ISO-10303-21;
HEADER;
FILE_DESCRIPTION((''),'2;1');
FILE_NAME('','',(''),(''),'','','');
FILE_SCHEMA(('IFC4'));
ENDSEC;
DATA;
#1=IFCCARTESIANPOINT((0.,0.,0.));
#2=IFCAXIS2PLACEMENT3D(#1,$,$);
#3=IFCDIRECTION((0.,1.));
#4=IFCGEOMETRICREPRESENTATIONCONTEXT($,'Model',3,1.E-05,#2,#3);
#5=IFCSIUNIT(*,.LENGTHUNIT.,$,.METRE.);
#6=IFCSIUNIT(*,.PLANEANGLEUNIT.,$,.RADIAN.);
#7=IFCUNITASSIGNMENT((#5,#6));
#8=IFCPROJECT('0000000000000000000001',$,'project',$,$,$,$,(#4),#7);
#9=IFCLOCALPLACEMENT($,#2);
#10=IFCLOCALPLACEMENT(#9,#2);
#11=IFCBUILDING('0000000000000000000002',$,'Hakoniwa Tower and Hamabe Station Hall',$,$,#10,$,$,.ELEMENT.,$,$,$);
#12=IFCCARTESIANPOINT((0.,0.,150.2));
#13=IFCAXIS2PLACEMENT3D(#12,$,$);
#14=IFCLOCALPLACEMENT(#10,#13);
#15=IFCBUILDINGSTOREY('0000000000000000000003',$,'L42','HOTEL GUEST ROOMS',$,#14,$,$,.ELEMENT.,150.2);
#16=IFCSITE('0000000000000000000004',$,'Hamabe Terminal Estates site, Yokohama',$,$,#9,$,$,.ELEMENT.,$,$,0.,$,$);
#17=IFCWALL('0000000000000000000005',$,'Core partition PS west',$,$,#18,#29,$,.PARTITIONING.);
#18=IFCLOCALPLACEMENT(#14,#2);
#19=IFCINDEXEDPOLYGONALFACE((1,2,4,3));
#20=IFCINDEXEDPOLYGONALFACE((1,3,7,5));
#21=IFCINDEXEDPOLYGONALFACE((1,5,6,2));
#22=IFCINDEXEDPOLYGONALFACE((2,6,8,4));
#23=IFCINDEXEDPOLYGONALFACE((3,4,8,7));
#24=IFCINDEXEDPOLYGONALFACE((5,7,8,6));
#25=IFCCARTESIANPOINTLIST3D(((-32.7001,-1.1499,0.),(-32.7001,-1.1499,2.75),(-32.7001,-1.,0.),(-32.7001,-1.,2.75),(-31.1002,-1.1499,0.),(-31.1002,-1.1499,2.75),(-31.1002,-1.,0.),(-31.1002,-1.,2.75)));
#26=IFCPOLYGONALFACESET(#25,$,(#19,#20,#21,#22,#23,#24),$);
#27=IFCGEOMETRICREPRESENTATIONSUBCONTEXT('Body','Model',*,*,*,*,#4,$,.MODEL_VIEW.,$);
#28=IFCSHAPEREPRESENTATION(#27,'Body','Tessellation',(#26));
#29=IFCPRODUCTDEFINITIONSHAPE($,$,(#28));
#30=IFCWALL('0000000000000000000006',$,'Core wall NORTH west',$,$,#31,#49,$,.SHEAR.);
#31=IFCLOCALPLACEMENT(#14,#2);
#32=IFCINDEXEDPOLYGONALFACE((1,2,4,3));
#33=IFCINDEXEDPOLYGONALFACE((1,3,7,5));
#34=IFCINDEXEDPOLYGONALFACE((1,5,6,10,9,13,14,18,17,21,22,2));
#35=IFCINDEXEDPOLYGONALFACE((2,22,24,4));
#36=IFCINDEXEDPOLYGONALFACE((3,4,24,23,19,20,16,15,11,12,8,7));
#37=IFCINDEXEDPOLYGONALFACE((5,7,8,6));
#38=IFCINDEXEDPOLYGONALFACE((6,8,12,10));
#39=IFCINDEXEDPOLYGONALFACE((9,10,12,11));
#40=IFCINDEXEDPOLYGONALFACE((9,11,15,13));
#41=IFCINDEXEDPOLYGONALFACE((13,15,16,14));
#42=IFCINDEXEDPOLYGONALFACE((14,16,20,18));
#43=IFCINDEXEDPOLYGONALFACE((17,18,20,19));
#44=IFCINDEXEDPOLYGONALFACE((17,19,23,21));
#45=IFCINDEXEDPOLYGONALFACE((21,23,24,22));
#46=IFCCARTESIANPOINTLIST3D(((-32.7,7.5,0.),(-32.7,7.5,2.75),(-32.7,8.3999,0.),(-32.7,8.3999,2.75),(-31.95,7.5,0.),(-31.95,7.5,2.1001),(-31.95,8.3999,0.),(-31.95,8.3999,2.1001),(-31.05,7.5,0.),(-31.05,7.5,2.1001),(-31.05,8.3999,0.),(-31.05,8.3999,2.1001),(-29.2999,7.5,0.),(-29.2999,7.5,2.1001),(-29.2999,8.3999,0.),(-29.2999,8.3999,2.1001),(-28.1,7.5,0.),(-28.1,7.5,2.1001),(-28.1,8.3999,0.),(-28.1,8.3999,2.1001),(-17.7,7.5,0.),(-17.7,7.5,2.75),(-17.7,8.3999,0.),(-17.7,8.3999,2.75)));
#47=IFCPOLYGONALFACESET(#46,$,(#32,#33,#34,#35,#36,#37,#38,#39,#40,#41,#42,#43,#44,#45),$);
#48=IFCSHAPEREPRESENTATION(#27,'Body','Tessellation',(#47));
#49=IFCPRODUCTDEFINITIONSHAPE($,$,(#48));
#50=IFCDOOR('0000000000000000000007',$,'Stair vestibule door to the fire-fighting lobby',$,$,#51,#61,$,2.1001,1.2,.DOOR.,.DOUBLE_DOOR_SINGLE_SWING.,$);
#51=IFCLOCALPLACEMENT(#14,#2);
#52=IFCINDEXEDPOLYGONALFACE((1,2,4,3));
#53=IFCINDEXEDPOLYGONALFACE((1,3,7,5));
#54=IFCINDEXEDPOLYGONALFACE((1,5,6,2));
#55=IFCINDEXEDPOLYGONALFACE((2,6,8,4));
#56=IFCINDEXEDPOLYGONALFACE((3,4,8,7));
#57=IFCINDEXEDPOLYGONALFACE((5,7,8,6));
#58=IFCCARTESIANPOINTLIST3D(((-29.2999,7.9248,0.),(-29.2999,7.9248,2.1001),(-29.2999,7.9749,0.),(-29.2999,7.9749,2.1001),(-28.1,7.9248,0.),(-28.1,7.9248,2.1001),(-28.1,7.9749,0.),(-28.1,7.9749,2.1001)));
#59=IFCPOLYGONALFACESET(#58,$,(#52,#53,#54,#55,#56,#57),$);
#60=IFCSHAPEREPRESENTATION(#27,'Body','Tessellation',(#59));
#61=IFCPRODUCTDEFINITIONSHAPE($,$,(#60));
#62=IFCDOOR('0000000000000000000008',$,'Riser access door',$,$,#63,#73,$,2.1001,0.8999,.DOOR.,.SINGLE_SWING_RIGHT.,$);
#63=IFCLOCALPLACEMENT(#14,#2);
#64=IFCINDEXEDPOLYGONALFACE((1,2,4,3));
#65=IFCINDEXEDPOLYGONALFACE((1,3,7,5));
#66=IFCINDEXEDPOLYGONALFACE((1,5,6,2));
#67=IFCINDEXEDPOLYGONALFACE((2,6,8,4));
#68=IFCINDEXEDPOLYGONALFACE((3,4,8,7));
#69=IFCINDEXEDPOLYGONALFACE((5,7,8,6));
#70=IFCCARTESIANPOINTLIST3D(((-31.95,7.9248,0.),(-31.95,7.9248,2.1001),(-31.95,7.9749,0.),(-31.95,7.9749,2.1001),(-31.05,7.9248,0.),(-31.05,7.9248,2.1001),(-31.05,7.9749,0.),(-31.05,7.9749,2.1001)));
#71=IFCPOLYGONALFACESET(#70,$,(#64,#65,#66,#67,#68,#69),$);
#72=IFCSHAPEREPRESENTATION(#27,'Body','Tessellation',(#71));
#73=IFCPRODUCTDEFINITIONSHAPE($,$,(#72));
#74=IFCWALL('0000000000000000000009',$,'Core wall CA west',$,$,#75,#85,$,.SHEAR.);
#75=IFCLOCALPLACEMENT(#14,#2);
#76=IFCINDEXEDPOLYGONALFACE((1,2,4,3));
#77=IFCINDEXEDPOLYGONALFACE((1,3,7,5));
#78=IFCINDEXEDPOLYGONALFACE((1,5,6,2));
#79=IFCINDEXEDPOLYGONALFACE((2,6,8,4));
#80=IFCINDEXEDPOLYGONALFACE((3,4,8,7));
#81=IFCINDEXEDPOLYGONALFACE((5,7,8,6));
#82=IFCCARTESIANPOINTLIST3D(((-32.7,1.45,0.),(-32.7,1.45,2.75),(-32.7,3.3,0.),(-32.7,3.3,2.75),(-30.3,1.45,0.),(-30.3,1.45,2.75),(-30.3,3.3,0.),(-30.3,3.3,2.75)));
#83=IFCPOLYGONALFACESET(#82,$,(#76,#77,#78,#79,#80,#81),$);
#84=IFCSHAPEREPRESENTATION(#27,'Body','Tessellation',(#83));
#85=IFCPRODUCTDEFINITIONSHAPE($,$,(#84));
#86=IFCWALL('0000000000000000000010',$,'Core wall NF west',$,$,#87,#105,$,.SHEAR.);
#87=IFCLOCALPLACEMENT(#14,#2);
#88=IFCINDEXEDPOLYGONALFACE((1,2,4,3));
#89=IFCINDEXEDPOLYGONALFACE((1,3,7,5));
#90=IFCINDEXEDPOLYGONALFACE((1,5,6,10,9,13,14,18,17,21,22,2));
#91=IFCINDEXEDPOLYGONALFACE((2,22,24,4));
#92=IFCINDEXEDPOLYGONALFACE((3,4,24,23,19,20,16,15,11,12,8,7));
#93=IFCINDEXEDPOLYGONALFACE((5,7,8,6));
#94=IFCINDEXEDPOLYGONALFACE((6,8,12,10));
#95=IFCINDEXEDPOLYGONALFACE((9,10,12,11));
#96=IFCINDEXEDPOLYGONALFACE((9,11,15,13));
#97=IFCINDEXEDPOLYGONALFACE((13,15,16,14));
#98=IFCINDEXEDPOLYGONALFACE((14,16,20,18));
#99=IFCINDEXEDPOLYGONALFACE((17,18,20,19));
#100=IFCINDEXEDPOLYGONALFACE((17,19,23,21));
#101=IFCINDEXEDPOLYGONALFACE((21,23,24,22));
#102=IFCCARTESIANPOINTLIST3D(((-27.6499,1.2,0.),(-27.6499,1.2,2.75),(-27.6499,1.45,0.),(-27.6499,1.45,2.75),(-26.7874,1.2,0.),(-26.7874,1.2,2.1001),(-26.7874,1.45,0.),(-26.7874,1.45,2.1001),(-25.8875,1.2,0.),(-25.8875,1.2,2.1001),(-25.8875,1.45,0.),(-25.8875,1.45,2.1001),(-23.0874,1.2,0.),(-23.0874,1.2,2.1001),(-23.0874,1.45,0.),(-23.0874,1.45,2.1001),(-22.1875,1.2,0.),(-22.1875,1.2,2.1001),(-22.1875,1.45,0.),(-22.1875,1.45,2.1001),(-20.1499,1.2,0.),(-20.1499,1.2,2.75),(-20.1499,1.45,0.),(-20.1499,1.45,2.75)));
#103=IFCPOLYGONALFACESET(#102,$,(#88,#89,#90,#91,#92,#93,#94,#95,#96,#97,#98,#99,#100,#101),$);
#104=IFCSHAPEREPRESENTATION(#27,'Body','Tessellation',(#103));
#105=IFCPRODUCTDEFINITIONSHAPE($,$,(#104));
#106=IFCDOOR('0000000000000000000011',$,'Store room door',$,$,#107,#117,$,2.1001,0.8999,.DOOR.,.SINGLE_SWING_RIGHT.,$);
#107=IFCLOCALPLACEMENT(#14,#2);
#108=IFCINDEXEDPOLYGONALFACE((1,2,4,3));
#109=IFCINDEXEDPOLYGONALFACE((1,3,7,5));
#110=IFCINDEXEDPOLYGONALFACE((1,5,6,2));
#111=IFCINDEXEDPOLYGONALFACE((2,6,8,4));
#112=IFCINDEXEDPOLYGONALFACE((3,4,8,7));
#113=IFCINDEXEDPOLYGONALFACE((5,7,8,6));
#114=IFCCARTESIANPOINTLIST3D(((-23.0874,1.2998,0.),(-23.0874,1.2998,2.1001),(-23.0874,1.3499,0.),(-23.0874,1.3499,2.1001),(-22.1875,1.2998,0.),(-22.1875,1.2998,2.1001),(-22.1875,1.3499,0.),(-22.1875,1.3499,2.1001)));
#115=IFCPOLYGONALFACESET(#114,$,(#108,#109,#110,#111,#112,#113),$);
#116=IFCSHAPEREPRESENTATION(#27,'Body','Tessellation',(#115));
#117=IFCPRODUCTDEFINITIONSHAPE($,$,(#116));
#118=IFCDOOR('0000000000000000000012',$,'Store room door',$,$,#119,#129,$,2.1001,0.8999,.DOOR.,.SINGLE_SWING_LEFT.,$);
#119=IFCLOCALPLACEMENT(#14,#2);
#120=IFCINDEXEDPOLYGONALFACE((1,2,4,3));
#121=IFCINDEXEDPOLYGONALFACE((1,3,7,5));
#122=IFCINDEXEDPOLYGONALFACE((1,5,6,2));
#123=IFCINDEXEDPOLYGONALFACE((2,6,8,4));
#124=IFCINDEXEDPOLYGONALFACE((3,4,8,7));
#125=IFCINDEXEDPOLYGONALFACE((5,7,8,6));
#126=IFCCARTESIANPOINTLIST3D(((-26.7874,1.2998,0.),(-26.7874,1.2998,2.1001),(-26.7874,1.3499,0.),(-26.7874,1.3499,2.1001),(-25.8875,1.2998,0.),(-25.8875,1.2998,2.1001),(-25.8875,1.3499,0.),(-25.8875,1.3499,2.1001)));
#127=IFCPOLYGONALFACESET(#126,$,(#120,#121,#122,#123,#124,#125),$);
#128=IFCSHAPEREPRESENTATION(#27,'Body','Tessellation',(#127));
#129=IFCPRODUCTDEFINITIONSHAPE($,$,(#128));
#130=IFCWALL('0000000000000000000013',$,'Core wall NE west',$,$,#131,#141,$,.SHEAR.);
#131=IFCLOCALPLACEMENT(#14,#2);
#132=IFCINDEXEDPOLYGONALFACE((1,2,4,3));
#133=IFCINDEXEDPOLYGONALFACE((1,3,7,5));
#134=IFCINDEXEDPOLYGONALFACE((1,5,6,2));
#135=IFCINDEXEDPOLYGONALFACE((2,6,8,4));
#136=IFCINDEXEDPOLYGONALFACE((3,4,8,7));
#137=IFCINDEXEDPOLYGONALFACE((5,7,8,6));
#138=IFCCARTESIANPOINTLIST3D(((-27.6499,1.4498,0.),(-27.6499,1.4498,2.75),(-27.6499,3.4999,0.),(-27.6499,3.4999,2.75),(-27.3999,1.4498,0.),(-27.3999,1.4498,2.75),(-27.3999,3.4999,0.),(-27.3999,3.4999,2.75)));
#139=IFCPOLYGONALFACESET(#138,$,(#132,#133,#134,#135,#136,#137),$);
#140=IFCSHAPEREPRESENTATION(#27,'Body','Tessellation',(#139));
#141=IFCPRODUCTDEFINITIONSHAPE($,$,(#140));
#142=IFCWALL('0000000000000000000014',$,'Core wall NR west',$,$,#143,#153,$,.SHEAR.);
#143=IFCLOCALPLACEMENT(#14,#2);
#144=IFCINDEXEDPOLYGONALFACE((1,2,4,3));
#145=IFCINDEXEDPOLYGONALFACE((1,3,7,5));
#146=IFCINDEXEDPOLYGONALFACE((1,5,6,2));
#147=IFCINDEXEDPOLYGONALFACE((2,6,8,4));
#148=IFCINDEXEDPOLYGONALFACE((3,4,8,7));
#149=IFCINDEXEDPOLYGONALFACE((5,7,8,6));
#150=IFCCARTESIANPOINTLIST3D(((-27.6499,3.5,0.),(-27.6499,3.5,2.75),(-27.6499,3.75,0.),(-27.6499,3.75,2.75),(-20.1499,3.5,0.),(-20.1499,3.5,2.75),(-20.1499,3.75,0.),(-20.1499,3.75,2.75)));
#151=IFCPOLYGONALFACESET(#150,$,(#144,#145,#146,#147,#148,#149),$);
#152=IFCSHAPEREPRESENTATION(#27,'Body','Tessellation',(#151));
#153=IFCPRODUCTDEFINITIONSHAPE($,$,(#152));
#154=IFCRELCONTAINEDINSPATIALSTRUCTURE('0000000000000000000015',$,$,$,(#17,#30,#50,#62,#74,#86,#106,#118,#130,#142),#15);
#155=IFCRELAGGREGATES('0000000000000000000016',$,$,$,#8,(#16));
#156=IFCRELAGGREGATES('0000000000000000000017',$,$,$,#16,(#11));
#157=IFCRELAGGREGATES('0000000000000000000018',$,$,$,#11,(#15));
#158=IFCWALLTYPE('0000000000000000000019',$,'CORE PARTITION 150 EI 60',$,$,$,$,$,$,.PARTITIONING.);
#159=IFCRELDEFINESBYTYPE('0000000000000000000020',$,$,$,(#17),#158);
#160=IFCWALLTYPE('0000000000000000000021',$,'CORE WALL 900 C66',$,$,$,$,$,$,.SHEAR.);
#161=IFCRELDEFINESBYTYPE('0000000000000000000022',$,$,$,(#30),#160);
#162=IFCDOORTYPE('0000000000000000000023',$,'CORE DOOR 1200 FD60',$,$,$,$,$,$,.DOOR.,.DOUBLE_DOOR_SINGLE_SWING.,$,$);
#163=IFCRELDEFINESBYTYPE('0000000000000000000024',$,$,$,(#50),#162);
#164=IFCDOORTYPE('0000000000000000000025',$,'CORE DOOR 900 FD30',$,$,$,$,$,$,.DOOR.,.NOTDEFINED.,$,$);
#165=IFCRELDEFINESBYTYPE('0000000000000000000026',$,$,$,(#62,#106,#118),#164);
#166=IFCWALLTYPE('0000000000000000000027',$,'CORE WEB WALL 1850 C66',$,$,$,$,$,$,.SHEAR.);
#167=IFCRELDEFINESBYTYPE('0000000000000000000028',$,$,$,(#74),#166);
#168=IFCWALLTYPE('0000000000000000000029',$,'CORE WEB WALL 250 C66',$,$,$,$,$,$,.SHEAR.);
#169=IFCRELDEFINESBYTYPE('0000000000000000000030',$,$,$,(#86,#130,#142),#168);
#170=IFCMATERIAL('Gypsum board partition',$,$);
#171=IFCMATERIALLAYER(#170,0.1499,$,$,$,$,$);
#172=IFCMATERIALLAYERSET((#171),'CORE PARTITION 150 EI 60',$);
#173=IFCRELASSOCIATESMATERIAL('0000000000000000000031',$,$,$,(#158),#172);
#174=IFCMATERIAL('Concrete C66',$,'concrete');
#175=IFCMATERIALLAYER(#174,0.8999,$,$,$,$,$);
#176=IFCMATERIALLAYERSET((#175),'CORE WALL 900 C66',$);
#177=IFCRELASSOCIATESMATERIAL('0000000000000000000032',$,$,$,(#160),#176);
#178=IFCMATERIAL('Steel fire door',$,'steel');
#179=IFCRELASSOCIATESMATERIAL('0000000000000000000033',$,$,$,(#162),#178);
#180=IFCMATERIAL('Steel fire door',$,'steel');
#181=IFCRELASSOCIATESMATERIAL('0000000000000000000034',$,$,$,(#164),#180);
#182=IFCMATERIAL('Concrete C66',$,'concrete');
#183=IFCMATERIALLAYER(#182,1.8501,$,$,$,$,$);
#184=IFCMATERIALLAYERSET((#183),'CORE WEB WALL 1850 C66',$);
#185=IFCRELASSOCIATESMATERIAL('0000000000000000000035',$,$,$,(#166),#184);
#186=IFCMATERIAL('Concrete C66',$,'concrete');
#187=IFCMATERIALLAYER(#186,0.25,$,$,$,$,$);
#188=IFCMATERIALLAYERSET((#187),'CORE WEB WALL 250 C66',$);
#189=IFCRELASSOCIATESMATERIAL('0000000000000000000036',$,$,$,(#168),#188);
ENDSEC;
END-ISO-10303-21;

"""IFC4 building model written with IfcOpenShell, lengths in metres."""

from ifc_helpers import new_model, si_unit, direction, frame, frame_2d, origin, place, context, subcontext, project, spatial, rectangle, extrude, material, layer, layer_set, type_object, element, fill, save


model = new_model("IFC4")

# Units and contexts
model_context = context("Model", 3, precision=1e-05, world=origin(), true_north=direction((0.0, 1.0)))
body_context = subcontext(model_context, "Body", "Model", "MODEL_VIEW")
ifc_project = project(units=[si_unit("LENGTHUNIT", "METRE"), si_unit("PLANEANGLEUNIT", "RADIAN")], contexts=[model_context])

# Site, building, storey
site_placement = place(None, origin())
site = spatial("IfcSite", under=ifc_project, at=site_placement, Name="Hamabe Terminal Estates site, Yokohama", CompositionType="ELEMENT", RefElevation=0.0)
building_placement = place(site_placement, origin())
building = spatial("IfcBuilding", under=site, at=building_placement, Name="Hakoniwa Tower and Hamabe Station Hall", CompositionType="ELEMENT")
storey_placement = place(building_placement, frame((0.0, 0.0, 150.2)))
storey = spatial("IfcBuildingStorey", under=building, at=storey_placement, Name="L42", Description="HOTEL GUEST ROOMS", CompositionType="ELEMENT", Elevation=150.2)

# Wall
ifc_material_1 = material(Name="Gypsum board partition")
ifc_layer_1 = layer(ifc_material_1, 0.1499)
ifc_layer_set_1 = layer_set([ifc_layer_1], Name="CORE PARTITION 150 EI 60")
wall_type_1 = type_object("IfcWallType", Name="CORE PARTITION 150 EI 60", PredefinedType="PARTITIONING", material=ifc_layer_set_1)
wall_1_placement = place(storey_placement, frame((-32.7, -1.075, 0.0), z_axis=(0.0, 0.0, 1.0), x_axis=(1.0, 0.0, 0.0)))
element("IfcWall", 1, at=wall_1_placement, inside=storey, type_object=wall_type_1, Name="Core partition PS west", PredefinedType="PARTITIONING", context=body_context, shape_type="SweptSolid", body=[
    extrude(rectangle(XDim=1.5999, YDim=0.1499, at=frame_2d((0.7998, 0.0))), origin(), (0.0, 0.0, 1.0), 2.75),
])

# Wall, openings, doors
ifc_material_2 = material(Name="Concrete C66", Category="concrete")
ifc_layer_2 = layer(ifc_material_2, 0.8999)
ifc_layer_set_2 = layer_set([ifc_layer_2], Name="CORE WALL 900 C66")
wall_type_2 = type_object("IfcWallType", Name="CORE WALL 900 C66", PredefinedType="SHEAR", material=ifc_layer_set_2)
wall_2_placement = place(storey_placement, frame((-32.7, 7.95, 0.0), z_axis=(0.0, 0.0, 1.0), x_axis=(1.0, 0.0, 0.0)))
wall_2 = element("IfcWall", 2, at=wall_2_placement, inside=storey, type_object=wall_type_2, Name="Core wall NORTH west", PredefinedType="SHEAR", context=body_context, shape_type="SweptSolid", body=[
    extrude(rectangle(XDim=15.0, YDim=0.8999, at=frame_2d((7.5, 0.0))), origin(), (0.0, 0.0, 1.0), 2.75),
])
opening_1_placement = place(wall_2_placement, frame((3.3999, 0.0, 0.0)))
opening_1 = element("IfcOpeningElement", 3, at=opening_1_placement, cuts=wall_2, PredefinedType="OPENING", context=body_context, shape_type="SweptSolid", body=[
    extrude(rectangle(XDim=1.2, YDim=2.1001, at=frame_2d((0.6001, 1.05))), frame((0.0, 0.46, 0.0), z_axis=(0.0, -1.0, 0.0), x_axis=(1.0, 0.0, 0.0)), (0.0, 0.0, 1.0), 0.9199),
])
opening_2_placement = place(wall_2_placement, frame((0.75, 0.0, 0.0)))
opening_2 = element("IfcOpeningElement", 4, at=opening_2_placement, cuts=wall_2, PredefinedType="OPENING", context=body_context, shape_type="SweptSolid", body=[
    extrude(rectangle(XDim=0.8999, YDim=2.1001, at=frame_2d((0.45, 1.05))), frame((0.0, 0.46, 0.0), z_axis=(0.0, -1.0, 0.0), x_axis=(1.0, 0.0, 0.0)), (0.0, 0.0, 1.0), 0.9199),
])
ifc_material_3 = material(Name="Steel fire door", Category="steel")
door_type_1 = type_object("IfcDoorType", Name="CORE DOOR 1200 FD60", OperationType="DOUBLE_DOOR_SINGLE_SWING", PredefinedType="DOOR", material=ifc_material_3)
door_1_placement = place(opening_1_placement, origin())
door_1 = element("IfcDoor", 5, at=door_1_placement, inside=storey, type_object=door_type_1, Name="Stair vestibule door to the fire-fighting lobby", OperationType="DOUBLE_DOOR_SINGLE_SWING", OverallHeight=2.1001, OverallWidth=1.2, PredefinedType="DOOR", context=body_context, shape_type="SweptSolid", body=[
    extrude(rectangle(XDim=1.2, YDim=2.1001, at=frame_2d((0.6001, 1.05))), frame((0.0, 0.0249, 0.0), z_axis=(0.0, -1.0, 0.0), x_axis=(1.0, 0.0, 0.0)), (0.0, 0.0, 1.0), 0.05),
])
fill(opening_1, door_1)
ifc_material_4 = material(Name="Steel fire door", Category="steel")
door_type_2 = type_object("IfcDoorType", Name="CORE DOOR 900 FD30", OperationType="NOTDEFINED", PredefinedType="DOOR", material=ifc_material_4)
door_2_placement = place(opening_2_placement, origin())
door_2 = element("IfcDoor", 6, at=door_2_placement, inside=storey, type_object=door_type_2, Name="Riser access door", OperationType="SINGLE_SWING_RIGHT", OverallHeight=2.1001, OverallWidth=0.8999, PredefinedType="DOOR", context=body_context, shape_type="SweptSolid", body=[
    extrude(rectangle(XDim=0.8999, YDim=2.1001, at=frame_2d((0.45, 1.05))), frame((0.0, 0.0249, 0.0), z_axis=(0.0, -1.0, 0.0), x_axis=(1.0, 0.0, 0.0)), (0.0, 0.0, 1.0), 0.05),
])
fill(opening_2, door_2)

# Wall
ifc_material_5 = material(Name="Concrete C66", Category="concrete")
ifc_layer_3 = layer(ifc_material_5, 1.8501)
ifc_layer_set_3 = layer_set([ifc_layer_3], Name="CORE WEB WALL 1850 C66")
wall_type_3 = type_object("IfcWallType", Name="CORE WEB WALL 1850 C66", PredefinedType="SHEAR", material=ifc_layer_set_3)
wall_3_placement = place(storey_placement, frame((-32.7, 2.375, 0.0), z_axis=(0.0, 0.0, 1.0), x_axis=(1.0, 0.0, 0.0)))
element("IfcWall", 7, at=wall_3_placement, inside=storey, type_object=wall_type_3, Name="Core wall CA west", PredefinedType="SHEAR", context=body_context, shape_type="SweptSolid", body=[
    extrude(rectangle(XDim=2.3999, YDim=1.8501, at=frame_2d((1.2, 0.0))), origin(), (0.0, 0.0, 1.0), 2.75),
])

# Wall, openings, doors
ifc_material_6 = material(Name="Concrete C66", Category="concrete")
ifc_layer_4 = layer(ifc_material_6, 0.25)
ifc_layer_set_4 = layer_set([ifc_layer_4], Name="CORE WEB WALL 250 C66")
wall_type_4 = type_object("IfcWallType", Name="CORE WEB WALL 250 C66", PredefinedType="SHEAR", material=ifc_layer_set_4)
wall_4_placement = place(storey_placement, frame((-27.6499, 1.325, 0.0), z_axis=(0.0, 0.0, 1.0), x_axis=(1.0, 0.0, 0.0)))
wall_4 = element("IfcWall", 8, at=wall_4_placement, inside=storey, type_object=wall_type_4, Name="Core wall NF west", PredefinedType="SHEAR", context=body_context, shape_type="SweptSolid", body=[
    extrude(rectangle(XDim=7.5, YDim=0.25, at=frame_2d((3.75, 0.0))), origin(), (0.0, 0.0, 1.0), 2.75),
])
opening_3_placement = place(wall_4_placement, frame((4.5625, 0.0, 0.0)))
opening_3 = element("IfcOpeningElement", 9, at=opening_3_placement, cuts=wall_4, PredefinedType="OPENING", context=body_context, shape_type="SweptSolid", body=[
    extrude(rectangle(XDim=0.8999, YDim=2.1001, at=frame_2d((0.45, 1.05))), frame((0.0, 0.135, 0.0), z_axis=(0.0, -1.0, 0.0), x_axis=(1.0, 0.0, 0.0)), (0.0, 0.0, 1.0), 0.27),
])
opening_4_placement = place(wall_4_placement, frame((0.8625, 0.0, 0.0)))
opening_4 = element("IfcOpeningElement", 10, at=opening_4_placement, cuts=wall_4, PredefinedType="OPENING", context=body_context, shape_type="SweptSolid", body=[
    extrude(rectangle(XDim=0.8999, YDim=2.1001, at=frame_2d((0.45, 1.05))), frame((0.0, 0.135, 0.0), z_axis=(0.0, -1.0, 0.0), x_axis=(1.0, 0.0, 0.0)), (0.0, 0.0, 1.0), 0.27),
])
door_3_placement = place(opening_3_placement, origin())
door_3 = element("IfcDoor", 11, at=door_3_placement, inside=storey, type_object=door_type_2, Name="Store room door", OperationType="SINGLE_SWING_RIGHT", OverallHeight=2.1001, OverallWidth=0.8999, PredefinedType="DOOR", context=body_context, shape_type="SweptSolid", body=[
    extrude(rectangle(XDim=0.8999, YDim=2.1001, at=frame_2d((0.45, 1.05))), frame((0.0, 0.0249, 0.0), z_axis=(0.0, -1.0, 0.0), x_axis=(1.0, 0.0, 0.0)), (0.0, 0.0, 1.0), 0.05),
])
fill(opening_3, door_3)
door_4_placement = place(opening_4_placement, origin())
door_4 = element("IfcDoor", 12, at=door_4_placement, inside=storey, type_object=door_type_2, Name="Store room door", OperationType="SINGLE_SWING_LEFT", OverallHeight=2.1001, OverallWidth=0.8999, PredefinedType="DOOR", context=body_context, shape_type="SweptSolid", body=[
    extrude(rectangle(XDim=0.8999, YDim=2.1001, at=frame_2d((0.45, 1.05))), frame((0.0, 0.0249, 0.0), z_axis=(0.0, -1.0, 0.0), x_axis=(1.0, 0.0, 0.0)), (0.0, 0.0, 1.0), 0.05),
])
fill(opening_4, door_4)

# Walls
wall_5_placement = place(storey_placement, frame((-27.5249, 1.45, 0.0), z_axis=(0.0, 0.0, 1.0), x_axis=(0.0, 1.0, 0.0)))
element("IfcWall", 13, at=wall_5_placement, inside=storey, type_object=wall_type_4, Name="Core wall NE west", PredefinedType="SHEAR", context=body_context, shape_type="SweptSolid", body=[
    extrude(rectangle(XDim=2.05, YDim=0.25, at=frame_2d((1.0249, 0.0))), origin(), (0.0, 0.0, 1.0), 2.75),
])
wall_6_placement = place(storey_placement, frame((-27.6499, 3.625, 0.0), z_axis=(0.0, 0.0, 1.0), x_axis=(1.0, 0.0, 0.0)))
element("IfcWall", 14, at=wall_6_placement, inside=storey, type_object=wall_type_4, Name="Core wall NR west", PredefinedType="SHEAR", context=body_context, shape_type="SweptSolid", body=[
    extrude(rectangle(XDim=7.5, YDim=0.25, at=frame_2d((3.75, 0.0))), origin(), (0.0, 0.0, 1.0), 2.75),
])

save(model, "model.ifc")
